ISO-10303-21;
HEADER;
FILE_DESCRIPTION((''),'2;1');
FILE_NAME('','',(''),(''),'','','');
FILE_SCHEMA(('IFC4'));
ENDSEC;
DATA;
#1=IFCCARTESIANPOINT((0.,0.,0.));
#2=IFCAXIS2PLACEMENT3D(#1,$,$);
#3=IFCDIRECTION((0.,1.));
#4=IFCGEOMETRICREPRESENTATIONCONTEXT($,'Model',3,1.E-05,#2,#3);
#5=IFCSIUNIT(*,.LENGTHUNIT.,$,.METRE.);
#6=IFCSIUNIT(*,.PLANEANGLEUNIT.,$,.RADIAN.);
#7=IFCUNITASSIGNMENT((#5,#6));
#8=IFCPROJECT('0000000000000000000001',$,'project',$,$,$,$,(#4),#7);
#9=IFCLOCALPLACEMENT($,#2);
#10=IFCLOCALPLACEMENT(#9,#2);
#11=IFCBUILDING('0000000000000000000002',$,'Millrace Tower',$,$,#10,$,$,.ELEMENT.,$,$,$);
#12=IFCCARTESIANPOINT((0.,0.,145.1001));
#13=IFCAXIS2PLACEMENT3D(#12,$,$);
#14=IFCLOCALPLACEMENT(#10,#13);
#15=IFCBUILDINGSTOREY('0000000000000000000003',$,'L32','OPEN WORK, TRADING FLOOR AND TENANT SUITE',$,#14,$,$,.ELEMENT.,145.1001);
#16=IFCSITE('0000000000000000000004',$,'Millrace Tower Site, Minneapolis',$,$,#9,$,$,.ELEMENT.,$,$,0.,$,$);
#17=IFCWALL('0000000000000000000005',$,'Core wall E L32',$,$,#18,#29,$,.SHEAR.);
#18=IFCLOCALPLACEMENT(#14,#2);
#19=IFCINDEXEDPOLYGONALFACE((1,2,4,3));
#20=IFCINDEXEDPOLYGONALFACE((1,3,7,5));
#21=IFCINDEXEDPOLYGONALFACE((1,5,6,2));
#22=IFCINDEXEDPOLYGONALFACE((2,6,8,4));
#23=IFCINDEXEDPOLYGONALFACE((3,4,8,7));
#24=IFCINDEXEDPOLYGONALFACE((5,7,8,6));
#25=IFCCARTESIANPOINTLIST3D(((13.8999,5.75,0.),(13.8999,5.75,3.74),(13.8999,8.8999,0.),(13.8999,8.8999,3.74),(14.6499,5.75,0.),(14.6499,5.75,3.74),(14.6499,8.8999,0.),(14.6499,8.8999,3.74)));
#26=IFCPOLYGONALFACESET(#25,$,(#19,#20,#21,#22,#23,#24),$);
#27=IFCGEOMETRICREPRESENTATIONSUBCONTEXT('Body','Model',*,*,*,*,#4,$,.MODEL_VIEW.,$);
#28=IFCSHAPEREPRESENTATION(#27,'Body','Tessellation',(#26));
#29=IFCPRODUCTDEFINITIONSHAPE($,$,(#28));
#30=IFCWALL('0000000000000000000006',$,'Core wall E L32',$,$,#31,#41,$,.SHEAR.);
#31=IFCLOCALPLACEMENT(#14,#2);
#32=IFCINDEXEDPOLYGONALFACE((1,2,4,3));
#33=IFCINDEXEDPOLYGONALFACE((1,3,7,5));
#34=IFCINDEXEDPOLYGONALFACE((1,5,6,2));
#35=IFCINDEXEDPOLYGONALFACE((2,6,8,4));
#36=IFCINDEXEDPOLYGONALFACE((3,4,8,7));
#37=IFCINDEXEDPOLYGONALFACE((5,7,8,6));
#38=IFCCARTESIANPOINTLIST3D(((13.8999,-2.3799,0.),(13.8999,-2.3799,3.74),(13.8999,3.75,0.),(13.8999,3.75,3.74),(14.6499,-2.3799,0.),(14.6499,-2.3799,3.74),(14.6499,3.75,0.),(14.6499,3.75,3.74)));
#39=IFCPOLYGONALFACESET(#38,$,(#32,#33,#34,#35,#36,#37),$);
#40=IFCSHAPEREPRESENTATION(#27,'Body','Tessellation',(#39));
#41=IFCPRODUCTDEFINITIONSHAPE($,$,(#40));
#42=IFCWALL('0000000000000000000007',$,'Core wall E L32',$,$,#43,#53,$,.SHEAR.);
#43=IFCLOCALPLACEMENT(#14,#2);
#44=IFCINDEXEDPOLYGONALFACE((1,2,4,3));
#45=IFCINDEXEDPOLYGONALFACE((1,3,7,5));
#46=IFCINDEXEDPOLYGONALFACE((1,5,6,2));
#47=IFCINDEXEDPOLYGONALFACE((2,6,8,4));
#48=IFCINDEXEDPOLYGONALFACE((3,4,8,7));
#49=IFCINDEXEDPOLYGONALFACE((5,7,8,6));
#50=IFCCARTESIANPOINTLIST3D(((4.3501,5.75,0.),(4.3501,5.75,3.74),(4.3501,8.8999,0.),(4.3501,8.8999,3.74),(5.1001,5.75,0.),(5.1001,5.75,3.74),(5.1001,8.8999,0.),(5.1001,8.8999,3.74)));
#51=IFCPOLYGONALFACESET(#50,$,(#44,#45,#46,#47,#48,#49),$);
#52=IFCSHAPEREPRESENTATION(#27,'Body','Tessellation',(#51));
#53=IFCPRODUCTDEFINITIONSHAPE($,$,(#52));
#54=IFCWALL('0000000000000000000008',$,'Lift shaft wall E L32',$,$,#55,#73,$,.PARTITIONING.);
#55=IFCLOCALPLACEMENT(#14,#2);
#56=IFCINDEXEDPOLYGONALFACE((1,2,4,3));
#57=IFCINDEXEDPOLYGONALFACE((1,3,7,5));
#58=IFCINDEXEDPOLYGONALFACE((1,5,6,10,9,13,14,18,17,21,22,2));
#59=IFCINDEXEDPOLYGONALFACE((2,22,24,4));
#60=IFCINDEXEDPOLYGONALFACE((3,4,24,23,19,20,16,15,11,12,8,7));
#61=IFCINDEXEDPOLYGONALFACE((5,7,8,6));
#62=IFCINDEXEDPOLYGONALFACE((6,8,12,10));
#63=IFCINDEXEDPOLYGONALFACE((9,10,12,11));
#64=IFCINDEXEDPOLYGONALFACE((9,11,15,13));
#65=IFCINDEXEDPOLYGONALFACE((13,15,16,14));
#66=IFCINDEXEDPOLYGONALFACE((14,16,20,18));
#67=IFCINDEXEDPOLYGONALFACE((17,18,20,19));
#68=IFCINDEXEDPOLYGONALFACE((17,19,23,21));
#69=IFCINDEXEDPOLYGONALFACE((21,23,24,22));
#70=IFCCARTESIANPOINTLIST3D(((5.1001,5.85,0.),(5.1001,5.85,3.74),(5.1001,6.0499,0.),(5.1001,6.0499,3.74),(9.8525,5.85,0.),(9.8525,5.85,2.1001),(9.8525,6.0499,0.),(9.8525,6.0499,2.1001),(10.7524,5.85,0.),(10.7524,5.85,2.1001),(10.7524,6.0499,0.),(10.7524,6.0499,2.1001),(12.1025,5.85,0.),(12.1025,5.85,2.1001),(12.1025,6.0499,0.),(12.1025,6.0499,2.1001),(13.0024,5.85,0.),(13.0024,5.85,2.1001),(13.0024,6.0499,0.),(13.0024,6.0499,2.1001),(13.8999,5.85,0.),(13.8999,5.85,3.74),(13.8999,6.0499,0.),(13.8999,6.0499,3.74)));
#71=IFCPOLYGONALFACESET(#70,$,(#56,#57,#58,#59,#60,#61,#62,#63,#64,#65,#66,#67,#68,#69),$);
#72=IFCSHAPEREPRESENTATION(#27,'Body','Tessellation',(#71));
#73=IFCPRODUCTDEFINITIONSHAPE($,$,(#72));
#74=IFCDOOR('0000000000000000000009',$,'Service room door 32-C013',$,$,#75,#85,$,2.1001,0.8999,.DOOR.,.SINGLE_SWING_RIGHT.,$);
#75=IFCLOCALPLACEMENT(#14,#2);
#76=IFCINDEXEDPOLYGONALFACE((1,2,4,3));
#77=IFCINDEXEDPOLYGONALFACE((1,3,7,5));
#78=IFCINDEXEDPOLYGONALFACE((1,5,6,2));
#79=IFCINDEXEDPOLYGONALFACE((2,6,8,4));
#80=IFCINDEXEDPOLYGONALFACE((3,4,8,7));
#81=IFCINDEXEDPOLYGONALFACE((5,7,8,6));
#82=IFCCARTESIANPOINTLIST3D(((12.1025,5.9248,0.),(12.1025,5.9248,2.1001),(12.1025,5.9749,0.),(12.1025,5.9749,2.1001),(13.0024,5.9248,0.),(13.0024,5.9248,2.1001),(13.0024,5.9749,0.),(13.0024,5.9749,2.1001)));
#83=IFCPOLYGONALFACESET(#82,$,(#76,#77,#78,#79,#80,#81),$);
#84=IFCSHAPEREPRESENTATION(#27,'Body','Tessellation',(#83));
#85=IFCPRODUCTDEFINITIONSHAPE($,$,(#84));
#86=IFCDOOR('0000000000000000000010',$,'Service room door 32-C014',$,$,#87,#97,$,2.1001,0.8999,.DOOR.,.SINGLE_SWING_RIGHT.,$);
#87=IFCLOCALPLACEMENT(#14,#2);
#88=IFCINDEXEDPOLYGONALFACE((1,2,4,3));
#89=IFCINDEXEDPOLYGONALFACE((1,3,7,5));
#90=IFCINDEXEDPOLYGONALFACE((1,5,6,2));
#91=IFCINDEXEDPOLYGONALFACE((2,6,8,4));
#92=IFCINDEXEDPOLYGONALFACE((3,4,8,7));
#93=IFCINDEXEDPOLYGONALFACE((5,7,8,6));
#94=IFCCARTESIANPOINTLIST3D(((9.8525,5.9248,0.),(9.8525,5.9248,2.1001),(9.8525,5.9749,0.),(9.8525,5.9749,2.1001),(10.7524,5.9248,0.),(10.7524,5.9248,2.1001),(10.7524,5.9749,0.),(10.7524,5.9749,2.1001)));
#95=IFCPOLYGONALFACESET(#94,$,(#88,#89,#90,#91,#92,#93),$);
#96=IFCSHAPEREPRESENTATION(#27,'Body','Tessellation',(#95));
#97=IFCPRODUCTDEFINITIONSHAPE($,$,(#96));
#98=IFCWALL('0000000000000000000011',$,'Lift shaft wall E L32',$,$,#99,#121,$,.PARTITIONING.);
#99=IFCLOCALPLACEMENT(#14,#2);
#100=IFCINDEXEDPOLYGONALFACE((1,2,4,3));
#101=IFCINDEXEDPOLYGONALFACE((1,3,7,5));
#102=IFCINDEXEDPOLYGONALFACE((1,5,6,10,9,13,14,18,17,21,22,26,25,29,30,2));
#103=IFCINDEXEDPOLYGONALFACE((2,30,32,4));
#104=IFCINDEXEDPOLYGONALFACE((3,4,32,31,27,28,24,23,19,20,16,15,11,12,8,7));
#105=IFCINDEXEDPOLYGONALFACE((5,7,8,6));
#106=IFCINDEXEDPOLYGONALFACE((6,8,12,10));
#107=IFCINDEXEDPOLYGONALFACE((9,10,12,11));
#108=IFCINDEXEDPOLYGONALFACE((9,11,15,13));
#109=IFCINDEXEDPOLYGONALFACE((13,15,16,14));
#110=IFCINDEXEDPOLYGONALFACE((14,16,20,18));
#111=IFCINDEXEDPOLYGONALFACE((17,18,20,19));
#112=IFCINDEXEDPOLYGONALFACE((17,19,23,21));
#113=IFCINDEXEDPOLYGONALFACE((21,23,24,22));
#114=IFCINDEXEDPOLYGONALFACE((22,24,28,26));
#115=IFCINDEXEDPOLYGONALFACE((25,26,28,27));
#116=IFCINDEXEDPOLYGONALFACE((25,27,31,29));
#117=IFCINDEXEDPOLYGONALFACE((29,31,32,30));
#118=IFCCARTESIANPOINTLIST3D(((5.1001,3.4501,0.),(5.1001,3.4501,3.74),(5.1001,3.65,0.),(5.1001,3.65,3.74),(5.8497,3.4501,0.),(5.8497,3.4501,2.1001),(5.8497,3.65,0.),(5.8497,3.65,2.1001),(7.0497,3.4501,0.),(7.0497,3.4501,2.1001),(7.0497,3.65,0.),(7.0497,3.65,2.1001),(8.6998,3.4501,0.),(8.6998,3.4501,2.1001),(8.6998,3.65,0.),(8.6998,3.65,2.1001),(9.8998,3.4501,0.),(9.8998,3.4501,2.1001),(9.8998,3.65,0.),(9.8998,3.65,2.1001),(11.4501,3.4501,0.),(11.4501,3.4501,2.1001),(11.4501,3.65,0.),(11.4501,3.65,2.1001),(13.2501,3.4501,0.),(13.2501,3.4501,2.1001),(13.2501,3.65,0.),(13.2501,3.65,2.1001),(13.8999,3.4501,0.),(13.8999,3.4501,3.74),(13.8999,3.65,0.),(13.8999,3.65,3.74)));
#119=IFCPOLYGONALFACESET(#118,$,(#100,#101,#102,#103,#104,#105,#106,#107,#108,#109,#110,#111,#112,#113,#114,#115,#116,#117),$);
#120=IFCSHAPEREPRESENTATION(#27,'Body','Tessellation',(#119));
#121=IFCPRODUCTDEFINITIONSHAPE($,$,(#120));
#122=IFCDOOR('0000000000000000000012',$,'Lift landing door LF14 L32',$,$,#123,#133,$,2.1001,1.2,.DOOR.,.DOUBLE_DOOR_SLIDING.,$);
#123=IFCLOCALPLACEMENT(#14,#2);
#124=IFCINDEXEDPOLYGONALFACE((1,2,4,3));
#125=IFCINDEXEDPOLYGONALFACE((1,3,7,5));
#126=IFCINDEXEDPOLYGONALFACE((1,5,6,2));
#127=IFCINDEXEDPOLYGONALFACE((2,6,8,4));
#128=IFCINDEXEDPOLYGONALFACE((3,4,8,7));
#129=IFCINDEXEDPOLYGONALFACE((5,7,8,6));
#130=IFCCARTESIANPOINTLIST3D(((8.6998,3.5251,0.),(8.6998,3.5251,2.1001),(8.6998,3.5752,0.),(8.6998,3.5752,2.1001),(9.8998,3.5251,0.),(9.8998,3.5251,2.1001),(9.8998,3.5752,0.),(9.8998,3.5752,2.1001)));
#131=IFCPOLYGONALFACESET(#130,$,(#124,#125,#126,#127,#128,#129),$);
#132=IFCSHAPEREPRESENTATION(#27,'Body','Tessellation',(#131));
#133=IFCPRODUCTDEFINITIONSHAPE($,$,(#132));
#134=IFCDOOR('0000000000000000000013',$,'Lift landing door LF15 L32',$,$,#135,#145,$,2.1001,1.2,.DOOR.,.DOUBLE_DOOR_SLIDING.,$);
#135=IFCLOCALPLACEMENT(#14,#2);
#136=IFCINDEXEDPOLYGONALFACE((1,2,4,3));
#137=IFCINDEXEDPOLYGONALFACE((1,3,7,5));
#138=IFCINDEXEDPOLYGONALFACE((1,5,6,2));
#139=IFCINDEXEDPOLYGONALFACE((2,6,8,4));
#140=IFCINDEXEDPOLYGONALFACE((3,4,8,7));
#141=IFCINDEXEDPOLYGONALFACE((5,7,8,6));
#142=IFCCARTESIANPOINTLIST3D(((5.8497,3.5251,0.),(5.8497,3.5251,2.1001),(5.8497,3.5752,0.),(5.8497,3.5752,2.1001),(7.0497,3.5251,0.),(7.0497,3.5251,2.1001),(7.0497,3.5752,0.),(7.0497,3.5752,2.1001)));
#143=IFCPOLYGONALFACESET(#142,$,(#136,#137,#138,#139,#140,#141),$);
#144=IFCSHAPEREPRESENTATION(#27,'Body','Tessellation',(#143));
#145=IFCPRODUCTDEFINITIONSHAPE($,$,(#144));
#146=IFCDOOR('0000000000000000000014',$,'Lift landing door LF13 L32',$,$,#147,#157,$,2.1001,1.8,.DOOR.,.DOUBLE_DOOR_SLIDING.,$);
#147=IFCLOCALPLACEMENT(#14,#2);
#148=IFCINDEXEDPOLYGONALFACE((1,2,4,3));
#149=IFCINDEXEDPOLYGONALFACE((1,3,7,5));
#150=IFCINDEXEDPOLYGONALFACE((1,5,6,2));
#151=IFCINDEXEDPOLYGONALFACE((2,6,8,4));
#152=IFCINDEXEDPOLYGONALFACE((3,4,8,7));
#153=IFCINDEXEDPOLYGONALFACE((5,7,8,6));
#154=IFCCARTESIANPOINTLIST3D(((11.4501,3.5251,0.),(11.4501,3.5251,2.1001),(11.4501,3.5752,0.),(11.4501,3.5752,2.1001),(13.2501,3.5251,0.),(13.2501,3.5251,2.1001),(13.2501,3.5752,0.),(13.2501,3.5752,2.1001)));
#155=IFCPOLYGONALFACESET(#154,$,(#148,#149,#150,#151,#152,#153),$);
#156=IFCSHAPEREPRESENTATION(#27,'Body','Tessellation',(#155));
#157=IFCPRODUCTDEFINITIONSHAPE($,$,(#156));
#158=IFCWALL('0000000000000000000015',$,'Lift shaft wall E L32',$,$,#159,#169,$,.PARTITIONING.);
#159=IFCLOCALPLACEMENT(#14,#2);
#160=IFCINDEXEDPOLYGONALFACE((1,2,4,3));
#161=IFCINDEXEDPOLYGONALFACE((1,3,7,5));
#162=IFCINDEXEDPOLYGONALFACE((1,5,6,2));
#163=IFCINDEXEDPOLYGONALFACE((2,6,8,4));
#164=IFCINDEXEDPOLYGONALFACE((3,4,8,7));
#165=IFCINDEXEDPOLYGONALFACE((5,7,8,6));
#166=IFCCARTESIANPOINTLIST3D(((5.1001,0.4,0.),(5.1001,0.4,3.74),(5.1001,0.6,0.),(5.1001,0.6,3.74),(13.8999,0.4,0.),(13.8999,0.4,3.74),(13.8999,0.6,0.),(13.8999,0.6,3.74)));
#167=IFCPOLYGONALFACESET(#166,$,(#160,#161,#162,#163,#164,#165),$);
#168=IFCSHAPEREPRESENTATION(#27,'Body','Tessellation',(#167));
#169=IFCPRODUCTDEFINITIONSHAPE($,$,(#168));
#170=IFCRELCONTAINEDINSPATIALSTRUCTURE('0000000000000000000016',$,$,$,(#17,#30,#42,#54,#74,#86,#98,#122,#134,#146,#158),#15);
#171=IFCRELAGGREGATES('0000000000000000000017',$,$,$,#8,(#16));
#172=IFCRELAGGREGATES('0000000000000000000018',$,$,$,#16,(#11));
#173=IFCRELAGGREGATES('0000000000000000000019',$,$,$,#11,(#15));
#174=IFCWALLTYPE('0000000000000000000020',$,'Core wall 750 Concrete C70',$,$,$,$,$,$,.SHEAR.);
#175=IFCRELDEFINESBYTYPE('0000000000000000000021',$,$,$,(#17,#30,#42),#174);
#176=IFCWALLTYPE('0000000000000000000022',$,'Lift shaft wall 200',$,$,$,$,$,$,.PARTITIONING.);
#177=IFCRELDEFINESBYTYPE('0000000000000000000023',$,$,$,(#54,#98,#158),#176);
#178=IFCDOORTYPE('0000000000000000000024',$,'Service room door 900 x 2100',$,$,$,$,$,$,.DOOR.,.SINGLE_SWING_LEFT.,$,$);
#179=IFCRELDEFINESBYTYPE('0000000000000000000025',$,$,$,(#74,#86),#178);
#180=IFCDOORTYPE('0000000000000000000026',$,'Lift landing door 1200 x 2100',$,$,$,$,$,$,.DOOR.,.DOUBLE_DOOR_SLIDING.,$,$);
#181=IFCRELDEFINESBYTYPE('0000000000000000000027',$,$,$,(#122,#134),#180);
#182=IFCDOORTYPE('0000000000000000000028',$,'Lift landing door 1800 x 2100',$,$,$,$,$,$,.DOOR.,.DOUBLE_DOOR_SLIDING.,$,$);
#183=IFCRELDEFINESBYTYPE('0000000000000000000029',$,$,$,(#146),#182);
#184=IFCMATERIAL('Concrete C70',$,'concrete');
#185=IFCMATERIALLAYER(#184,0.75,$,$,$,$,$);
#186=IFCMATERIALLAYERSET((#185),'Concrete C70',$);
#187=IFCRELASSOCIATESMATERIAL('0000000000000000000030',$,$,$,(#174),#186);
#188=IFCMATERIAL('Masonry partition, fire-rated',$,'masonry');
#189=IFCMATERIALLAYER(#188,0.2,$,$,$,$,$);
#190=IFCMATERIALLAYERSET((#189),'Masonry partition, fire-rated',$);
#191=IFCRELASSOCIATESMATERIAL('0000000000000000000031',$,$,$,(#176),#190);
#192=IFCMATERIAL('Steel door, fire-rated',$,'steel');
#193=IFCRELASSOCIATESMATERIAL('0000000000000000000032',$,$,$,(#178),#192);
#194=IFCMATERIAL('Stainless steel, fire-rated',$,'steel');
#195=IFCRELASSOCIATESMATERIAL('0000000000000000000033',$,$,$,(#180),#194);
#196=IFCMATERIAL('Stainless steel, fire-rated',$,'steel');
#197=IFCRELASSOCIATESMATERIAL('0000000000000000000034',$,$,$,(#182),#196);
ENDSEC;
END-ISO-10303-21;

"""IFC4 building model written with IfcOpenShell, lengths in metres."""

from ifc_helpers import new_model, si_unit, direction, frame, frame_2d, origin, place, context, subcontext, project, spatial, rectangle, extrude, material, layer, layer_set, type_object, element, fill, save


model = new_model("IFC4")

# Units and contexts
model_context = context("Model", 3, precision=1e-05, world=origin(), true_north=direction((0.0, 1.0)))
body_context = subcontext(model_context, "Body", "Model", "MODEL_VIEW")
ifc_project = project(units=[si_unit("LENGTHUNIT", "METRE"), si_unit("PLANEANGLEUNIT", "RADIAN")], contexts=[model_context])

# Site, building, storey
site_placement = place(None, origin())
site = spatial("IfcSite", under=ifc_project, at=site_placement, Name="Millrace Tower Site, Minneapolis", CompositionType="ELEMENT", RefElevation=0.0)
building_placement = place(site_placement, origin())
building = spatial("IfcBuilding", under=site, at=building_placement, Name="Millrace Tower", CompositionType="ELEMENT")
storey_placement = place(building_placement, frame((0.0, 0.0, 145.1001)))
storey = spatial("IfcBuildingStorey", under=building, at=storey_placement, Name="L32", Description="OPEN WORK, TRADING FLOOR AND TENANT SUITE", CompositionType="ELEMENT", Elevation=145.1001)

# Walls
ifc_material_1 = material(Name="Concrete C70", Category="concrete")
ifc_layer_1 = layer(ifc_material_1, 0.75)
ifc_layer_set_1 = layer_set([ifc_layer_1], Name="Concrete C70")
wall_type_1 = type_object("IfcWallType", Name="Core wall 750 Concrete C70", PredefinedType="SHEAR", material=ifc_layer_set_1)
wall_1_placement = place(storey_placement, frame((14.2749, 8.8999, 0.0), z_axis=(0.0, 0.0, 1.0), x_axis=(0.0, -1.0, 0.0)))
element("IfcWall", 1, at=wall_1_placement, inside=storey, type_object=wall_type_1, Name="Core wall E L32", PredefinedType="SHEAR", context=body_context, shape_type="SweptSolid", body=[
    extrude(rectangle(XDim=3.1499, YDim=0.75, at=frame_2d((1.575, 0.0))), origin(), (0.0, 0.0, 1.0), 3.74),
])
wall_2_placement = place(storey_placement, frame((14.2749, 3.75, 0.0), z_axis=(0.0, 0.0, 1.0), x_axis=(0.0, -1.0, 0.0)))
element("IfcWall", 2, at=wall_2_placement, inside=storey, type_object=wall_type_1, Name="Core wall E L32", PredefinedType="SHEAR", context=body_context, shape_type="SweptSolid", body=[
    extrude(rectangle(XDim=6.1299, YDim=0.75, at=frame_2d((3.0649, 0.0))), origin(), (0.0, 0.0, 1.0), 3.74),
])
wall_3_placement = place(storey_placement, frame((4.7251, 8.8999, 0.0), z_axis=(0.0, 0.0, 1.0), x_axis=(0.0, -1.0, 0.0)))
element("IfcWall", 3, at=wall_3_placement, inside=storey, type_object=wall_type_1, Name="Core wall E L32", PredefinedType="SHEAR", context=body_context, shape_type="SweptSolid", body=[
    extrude(rectangle(XDim=3.1499, YDim=0.75, at=frame_2d((1.575, 0.0))), origin(), (0.0, 0.0, 1.0), 3.74),
])

# Walls, openings, doors
ifc_material_2 = material(Name="Masonry partition, fire-rated", Category="masonry")
ifc_layer_2 = layer(ifc_material_2, 0.2)
ifc_layer_set_2 = layer_set([ifc_layer_2], Name="Masonry partition, fire-rated")
wall_type_2 = type_object("IfcWallType", Name="Lift shaft wall 200", PredefinedType="PARTITIONING", material=ifc_layer_set_2)
wall_4_placement = place(storey_placement, frame((13.8999, 5.95, 0.0), z_axis=(0.0, 0.0, 1.0), x_axis=(-1.0, 0.0, 0.0)))
wall_4 = element("IfcWall", 4, at=wall_4_placement, inside=storey, type_object=wall_type_2, Name="Lift shaft wall E L32", PredefinedType="PARTITIONING", context=body_context, shape_type="SweptSolid", body=[
    extrude(rectangle(XDim=8.7998, YDim=0.2, at=frame_2d((4.3999, 0.0))), origin(), (0.0, 0.0, 1.0), 3.74),
])
opening_1_placement = place(wall_4_placement, frame((0.8975, 0.0, 0.0)))
opening_1 = element("IfcOpeningElement", 5, at=opening_1_placement, cuts=wall_4, PredefinedType="OPENING", context=body_context, shape_type="SweptSolid", body=[
    extrude(rectangle(XDim=0.8999, YDim=2.1001, at=frame_2d((0.45, 1.05))), frame((0.0, 0.1099, 0.0), z_axis=(0.0, -1.0, 0.0), x_axis=(1.0, 0.0, 0.0)), (0.0, 0.0, 1.0), 0.22),
])
opening_2_placement = place(wall_4_placement, frame((3.1475, 0.0, 0.0)))
opening_2 = element("IfcOpeningElement", 6, at=opening_2_placement, cuts=wall_4, PredefinedType="OPENING", context=body_context, shape_type="SweptSolid", body=[
    extrude(rectangle(XDim=0.8999, YDim=2.1001, at=frame_2d((0.45, 1.05))), frame((0.0, 0.1099, 0.0), z_axis=(0.0, -1.0, 0.0), x_axis=(1.0, 0.0, 0.0)), (0.0, 0.0, 1.0), 0.22),
])
ifc_material_3 = material(Name="Steel door, fire-rated", Category="steel")
door_type_1 = type_object("IfcDoorType", Name="Service room door 900 x 2100", OperationType="SINGLE_SWING_LEFT", PredefinedType="DOOR", material=ifc_material_3)
door_1_placement = place(opening_1_placement, frame((0.8999, 0.0, 0.0), z_axis=(0.0, 0.0, 1.0), x_axis=(-1.0, 0.0, 0.0)))
door_1 = element("IfcDoor", 7, at=door_1_placement, inside=storey, type_object=door_type_1, Name="Service room door 32-C013", OperationType="SINGLE_SWING_RIGHT", OverallHeight=2.1001, OverallWidth=0.8999, PredefinedType="DOOR", context=body_context, shape_type="SweptSolid", body=[
    extrude(rectangle(XDim=0.8999, YDim=2.1001, at=frame_2d((0.45, 1.05))), frame((0.0, 0.0249, 0.0), z_axis=(0.0, -1.0, 0.0), x_axis=(1.0, 0.0, 0.0)), (0.0, 0.0, 1.0), 0.05),
])
fill(opening_1, door_1)
door_2_placement = place(opening_2_placement, frame((0.8999, 0.0, 0.0), z_axis=(0.0, 0.0, 1.0), x_axis=(-1.0, 0.0, 0.0)))
door_2 = element("IfcDoor", 8, at=door_2_placement, inside=storey, type_object=door_type_1, Name="Service room door 32-C014", OperationType="SINGLE_SWING_RIGHT", OverallHeight=2.1001, OverallWidth=0.8999, PredefinedType="DOOR", context=body_context, shape_type="SweptSolid", body=[
    extrude(rectangle(XDim=0.8999, YDim=2.1001, at=frame_2d((0.45, 1.05))), frame((0.0, 0.0249, 0.0), z_axis=(0.0, -1.0, 0.0), x_axis=(1.0, 0.0, 0.0)), (0.0, 0.0, 1.0), 0.05),
])
fill(opening_2, door_2)
wall_5_placement = place(storey_placement, frame((13.8999, 3.55, 0.0), z_axis=(0.0, 0.0, 1.0), x_axis=(-1.0, 0.0, 0.0)))
wall_5 = element("IfcWall", 9, at=wall_5_placement, inside=storey, type_object=wall_type_2, Name="Lift shaft wall E L32", PredefinedType="PARTITIONING", context=body_context, shape_type="SweptSolid", body=[
    extrude(rectangle(XDim=8.7998, YDim=0.2, at=frame_2d((4.3999, 0.0))), origin(), (0.0, 0.0, 1.0), 3.74),
])
opening_3_placement = place(wall_5_placement, frame((0.6499, 0.0, 0.0)))
opening_3 = element("IfcOpeningElement", 10, at=opening_3_placement, cuts=wall_5, PredefinedType="OPENING", context=body_context, shape_type="SweptSolid", body=[
    extrude(rectangle(XDim=1.8, YDim=2.1001, at=frame_2d((0.8999, 1.05))), frame((0.0, 0.1099, 0.0), z_axis=(0.0, -1.0, 0.0), x_axis=(1.0, 0.0, 0.0)), (0.0, 0.0, 1.0), 0.22),
])
opening_4_placement = place(wall_5_placement, frame((4.0, 0.0, 0.0)))
opening_4 = element("IfcOpeningElement", 11, at=opening_4_placement, cuts=wall_5, PredefinedType="OPENING", context=body_context, shape_type="SweptSolid", body=[
    extrude(rectangle(XDim=1.2, YDim=2.1001, at=frame_2d((0.6001, 1.05))), frame((0.0, 0.1099, 0.0), z_axis=(0.0, -1.0, 0.0), x_axis=(1.0, 0.0, 0.0)), (0.0, 0.0, 1.0), 0.22),
])
opening_5_placement = place(wall_5_placement, frame((6.8501, 0.0, 0.0)))
opening_5 = element("IfcOpeningElement", 12, at=opening_5_placement, cuts=wall_5, PredefinedType="OPENING", context=body_context, shape_type="SweptSolid", body=[
    extrude(rectangle(XDim=1.2, YDim=2.1001, at=frame_2d((0.6001, 1.05))), frame((0.0, 0.1099, 0.0), z_axis=(0.0, -1.0, 0.0), x_axis=(1.0, 0.0, 0.0)), (0.0, 0.0, 1.0), 0.22),
])
ifc_material_4 = material(Name="Stainless steel, fire-rated", Category="steel")
door_type_2 = type_object("IfcDoorType", Name="Lift landing door 1200 x 2100", OperationType="DOUBLE_DOOR_SLIDING", PredefinedType="DOOR", material=ifc_material_4)
door_3_placement = place(opening_4_placement, origin())
door_3 = element("IfcDoor", 13, at=door_3_placement, inside=storey, type_object=door_type_2, Name="Lift landing door LF14 L32", OperationType="DOUBLE_DOOR_SLIDING", OverallHeight=2.1001, OverallWidth=1.2, PredefinedType="DOOR", context=body_context, shape_type="SweptSolid", body=[
    extrude(rectangle(XDim=1.2, YDim=2.1001, at=frame_2d((0.6001, 1.05))), frame((0.0, 0.0249, 0.0), z_axis=(0.0, -1.0, 0.0), x_axis=(1.0, 0.0, 0.0)), (0.0, 0.0, 1.0), 0.05),
])
fill(opening_4, door_3)
door_4_placement = place(opening_5_placement, origin())
door_4 = element("IfcDoor", 14, at=door_4_placement, inside=storey, type_object=door_type_2, Name="Lift landing door LF15 L32", OperationType="DOUBLE_DOOR_SLIDING", OverallHeight=2.1001, OverallWidth=1.2, PredefinedType="DOOR", context=body_context, shape_type="SweptSolid", body=[
    extrude(rectangle(XDim=1.2, YDim=2.1001, at=frame_2d((0.6001, 1.05))), frame((0.0, 0.0249, 0.0), z_axis=(0.0, -1.0, 0.0), x_axis=(1.0, 0.0, 0.0)), (0.0, 0.0, 1.0), 0.05),
])
fill(opening_5, door_4)
ifc_material_5 = material(Name="Stainless steel, fire-rated", Category="steel")
door_type_3 = type_object("IfcDoorType", Name="Lift landing door 1800 x 2100", OperationType="DOUBLE_DOOR_SLIDING", PredefinedType="DOOR", material=ifc_material_5)
door_5_placement = place(opening_3_placement, origin())
door_5 = element("IfcDoor", 15, at=door_5_placement, inside=storey, type_object=door_type_3, Name="Lift landing door LF13 L32", OperationType="DOUBLE_DOOR_SLIDING", OverallHeight=2.1001, OverallWidth=1.8, PredefinedType="DOOR", context=body_context, shape_type="SweptSolid", body=[
    extrude(rectangle(XDim=1.8, YDim=2.1001, at=frame_2d((0.8999, 1.05))), frame((0.0, 0.0249, 0.0), z_axis=(0.0, -1.0, 0.0), x_axis=(1.0, 0.0, 0.0)), (0.0, 0.0, 1.0), 0.05),
])
fill(opening_3, door_5)

# Wall
wall_6_placement = place(storey_placement, frame((13.8999, 0.5, 0.0), z_axis=(0.0, 0.0, 1.0), x_axis=(-1.0, 0.0, 0.0)))
element("IfcWall", 16, at=wall_6_placement, inside=storey, type_object=wall_type_2, Name="Lift shaft wall E L32", PredefinedType="PARTITIONING", context=body_context, shape_type="SweptSolid", body=[
    extrude(rectangle(XDim=8.7998, YDim=0.2, at=frame_2d((4.3999, 0.0))), origin(), (0.0, 0.0, 1.0), 3.74),
])

save(model, "model.ifc")
